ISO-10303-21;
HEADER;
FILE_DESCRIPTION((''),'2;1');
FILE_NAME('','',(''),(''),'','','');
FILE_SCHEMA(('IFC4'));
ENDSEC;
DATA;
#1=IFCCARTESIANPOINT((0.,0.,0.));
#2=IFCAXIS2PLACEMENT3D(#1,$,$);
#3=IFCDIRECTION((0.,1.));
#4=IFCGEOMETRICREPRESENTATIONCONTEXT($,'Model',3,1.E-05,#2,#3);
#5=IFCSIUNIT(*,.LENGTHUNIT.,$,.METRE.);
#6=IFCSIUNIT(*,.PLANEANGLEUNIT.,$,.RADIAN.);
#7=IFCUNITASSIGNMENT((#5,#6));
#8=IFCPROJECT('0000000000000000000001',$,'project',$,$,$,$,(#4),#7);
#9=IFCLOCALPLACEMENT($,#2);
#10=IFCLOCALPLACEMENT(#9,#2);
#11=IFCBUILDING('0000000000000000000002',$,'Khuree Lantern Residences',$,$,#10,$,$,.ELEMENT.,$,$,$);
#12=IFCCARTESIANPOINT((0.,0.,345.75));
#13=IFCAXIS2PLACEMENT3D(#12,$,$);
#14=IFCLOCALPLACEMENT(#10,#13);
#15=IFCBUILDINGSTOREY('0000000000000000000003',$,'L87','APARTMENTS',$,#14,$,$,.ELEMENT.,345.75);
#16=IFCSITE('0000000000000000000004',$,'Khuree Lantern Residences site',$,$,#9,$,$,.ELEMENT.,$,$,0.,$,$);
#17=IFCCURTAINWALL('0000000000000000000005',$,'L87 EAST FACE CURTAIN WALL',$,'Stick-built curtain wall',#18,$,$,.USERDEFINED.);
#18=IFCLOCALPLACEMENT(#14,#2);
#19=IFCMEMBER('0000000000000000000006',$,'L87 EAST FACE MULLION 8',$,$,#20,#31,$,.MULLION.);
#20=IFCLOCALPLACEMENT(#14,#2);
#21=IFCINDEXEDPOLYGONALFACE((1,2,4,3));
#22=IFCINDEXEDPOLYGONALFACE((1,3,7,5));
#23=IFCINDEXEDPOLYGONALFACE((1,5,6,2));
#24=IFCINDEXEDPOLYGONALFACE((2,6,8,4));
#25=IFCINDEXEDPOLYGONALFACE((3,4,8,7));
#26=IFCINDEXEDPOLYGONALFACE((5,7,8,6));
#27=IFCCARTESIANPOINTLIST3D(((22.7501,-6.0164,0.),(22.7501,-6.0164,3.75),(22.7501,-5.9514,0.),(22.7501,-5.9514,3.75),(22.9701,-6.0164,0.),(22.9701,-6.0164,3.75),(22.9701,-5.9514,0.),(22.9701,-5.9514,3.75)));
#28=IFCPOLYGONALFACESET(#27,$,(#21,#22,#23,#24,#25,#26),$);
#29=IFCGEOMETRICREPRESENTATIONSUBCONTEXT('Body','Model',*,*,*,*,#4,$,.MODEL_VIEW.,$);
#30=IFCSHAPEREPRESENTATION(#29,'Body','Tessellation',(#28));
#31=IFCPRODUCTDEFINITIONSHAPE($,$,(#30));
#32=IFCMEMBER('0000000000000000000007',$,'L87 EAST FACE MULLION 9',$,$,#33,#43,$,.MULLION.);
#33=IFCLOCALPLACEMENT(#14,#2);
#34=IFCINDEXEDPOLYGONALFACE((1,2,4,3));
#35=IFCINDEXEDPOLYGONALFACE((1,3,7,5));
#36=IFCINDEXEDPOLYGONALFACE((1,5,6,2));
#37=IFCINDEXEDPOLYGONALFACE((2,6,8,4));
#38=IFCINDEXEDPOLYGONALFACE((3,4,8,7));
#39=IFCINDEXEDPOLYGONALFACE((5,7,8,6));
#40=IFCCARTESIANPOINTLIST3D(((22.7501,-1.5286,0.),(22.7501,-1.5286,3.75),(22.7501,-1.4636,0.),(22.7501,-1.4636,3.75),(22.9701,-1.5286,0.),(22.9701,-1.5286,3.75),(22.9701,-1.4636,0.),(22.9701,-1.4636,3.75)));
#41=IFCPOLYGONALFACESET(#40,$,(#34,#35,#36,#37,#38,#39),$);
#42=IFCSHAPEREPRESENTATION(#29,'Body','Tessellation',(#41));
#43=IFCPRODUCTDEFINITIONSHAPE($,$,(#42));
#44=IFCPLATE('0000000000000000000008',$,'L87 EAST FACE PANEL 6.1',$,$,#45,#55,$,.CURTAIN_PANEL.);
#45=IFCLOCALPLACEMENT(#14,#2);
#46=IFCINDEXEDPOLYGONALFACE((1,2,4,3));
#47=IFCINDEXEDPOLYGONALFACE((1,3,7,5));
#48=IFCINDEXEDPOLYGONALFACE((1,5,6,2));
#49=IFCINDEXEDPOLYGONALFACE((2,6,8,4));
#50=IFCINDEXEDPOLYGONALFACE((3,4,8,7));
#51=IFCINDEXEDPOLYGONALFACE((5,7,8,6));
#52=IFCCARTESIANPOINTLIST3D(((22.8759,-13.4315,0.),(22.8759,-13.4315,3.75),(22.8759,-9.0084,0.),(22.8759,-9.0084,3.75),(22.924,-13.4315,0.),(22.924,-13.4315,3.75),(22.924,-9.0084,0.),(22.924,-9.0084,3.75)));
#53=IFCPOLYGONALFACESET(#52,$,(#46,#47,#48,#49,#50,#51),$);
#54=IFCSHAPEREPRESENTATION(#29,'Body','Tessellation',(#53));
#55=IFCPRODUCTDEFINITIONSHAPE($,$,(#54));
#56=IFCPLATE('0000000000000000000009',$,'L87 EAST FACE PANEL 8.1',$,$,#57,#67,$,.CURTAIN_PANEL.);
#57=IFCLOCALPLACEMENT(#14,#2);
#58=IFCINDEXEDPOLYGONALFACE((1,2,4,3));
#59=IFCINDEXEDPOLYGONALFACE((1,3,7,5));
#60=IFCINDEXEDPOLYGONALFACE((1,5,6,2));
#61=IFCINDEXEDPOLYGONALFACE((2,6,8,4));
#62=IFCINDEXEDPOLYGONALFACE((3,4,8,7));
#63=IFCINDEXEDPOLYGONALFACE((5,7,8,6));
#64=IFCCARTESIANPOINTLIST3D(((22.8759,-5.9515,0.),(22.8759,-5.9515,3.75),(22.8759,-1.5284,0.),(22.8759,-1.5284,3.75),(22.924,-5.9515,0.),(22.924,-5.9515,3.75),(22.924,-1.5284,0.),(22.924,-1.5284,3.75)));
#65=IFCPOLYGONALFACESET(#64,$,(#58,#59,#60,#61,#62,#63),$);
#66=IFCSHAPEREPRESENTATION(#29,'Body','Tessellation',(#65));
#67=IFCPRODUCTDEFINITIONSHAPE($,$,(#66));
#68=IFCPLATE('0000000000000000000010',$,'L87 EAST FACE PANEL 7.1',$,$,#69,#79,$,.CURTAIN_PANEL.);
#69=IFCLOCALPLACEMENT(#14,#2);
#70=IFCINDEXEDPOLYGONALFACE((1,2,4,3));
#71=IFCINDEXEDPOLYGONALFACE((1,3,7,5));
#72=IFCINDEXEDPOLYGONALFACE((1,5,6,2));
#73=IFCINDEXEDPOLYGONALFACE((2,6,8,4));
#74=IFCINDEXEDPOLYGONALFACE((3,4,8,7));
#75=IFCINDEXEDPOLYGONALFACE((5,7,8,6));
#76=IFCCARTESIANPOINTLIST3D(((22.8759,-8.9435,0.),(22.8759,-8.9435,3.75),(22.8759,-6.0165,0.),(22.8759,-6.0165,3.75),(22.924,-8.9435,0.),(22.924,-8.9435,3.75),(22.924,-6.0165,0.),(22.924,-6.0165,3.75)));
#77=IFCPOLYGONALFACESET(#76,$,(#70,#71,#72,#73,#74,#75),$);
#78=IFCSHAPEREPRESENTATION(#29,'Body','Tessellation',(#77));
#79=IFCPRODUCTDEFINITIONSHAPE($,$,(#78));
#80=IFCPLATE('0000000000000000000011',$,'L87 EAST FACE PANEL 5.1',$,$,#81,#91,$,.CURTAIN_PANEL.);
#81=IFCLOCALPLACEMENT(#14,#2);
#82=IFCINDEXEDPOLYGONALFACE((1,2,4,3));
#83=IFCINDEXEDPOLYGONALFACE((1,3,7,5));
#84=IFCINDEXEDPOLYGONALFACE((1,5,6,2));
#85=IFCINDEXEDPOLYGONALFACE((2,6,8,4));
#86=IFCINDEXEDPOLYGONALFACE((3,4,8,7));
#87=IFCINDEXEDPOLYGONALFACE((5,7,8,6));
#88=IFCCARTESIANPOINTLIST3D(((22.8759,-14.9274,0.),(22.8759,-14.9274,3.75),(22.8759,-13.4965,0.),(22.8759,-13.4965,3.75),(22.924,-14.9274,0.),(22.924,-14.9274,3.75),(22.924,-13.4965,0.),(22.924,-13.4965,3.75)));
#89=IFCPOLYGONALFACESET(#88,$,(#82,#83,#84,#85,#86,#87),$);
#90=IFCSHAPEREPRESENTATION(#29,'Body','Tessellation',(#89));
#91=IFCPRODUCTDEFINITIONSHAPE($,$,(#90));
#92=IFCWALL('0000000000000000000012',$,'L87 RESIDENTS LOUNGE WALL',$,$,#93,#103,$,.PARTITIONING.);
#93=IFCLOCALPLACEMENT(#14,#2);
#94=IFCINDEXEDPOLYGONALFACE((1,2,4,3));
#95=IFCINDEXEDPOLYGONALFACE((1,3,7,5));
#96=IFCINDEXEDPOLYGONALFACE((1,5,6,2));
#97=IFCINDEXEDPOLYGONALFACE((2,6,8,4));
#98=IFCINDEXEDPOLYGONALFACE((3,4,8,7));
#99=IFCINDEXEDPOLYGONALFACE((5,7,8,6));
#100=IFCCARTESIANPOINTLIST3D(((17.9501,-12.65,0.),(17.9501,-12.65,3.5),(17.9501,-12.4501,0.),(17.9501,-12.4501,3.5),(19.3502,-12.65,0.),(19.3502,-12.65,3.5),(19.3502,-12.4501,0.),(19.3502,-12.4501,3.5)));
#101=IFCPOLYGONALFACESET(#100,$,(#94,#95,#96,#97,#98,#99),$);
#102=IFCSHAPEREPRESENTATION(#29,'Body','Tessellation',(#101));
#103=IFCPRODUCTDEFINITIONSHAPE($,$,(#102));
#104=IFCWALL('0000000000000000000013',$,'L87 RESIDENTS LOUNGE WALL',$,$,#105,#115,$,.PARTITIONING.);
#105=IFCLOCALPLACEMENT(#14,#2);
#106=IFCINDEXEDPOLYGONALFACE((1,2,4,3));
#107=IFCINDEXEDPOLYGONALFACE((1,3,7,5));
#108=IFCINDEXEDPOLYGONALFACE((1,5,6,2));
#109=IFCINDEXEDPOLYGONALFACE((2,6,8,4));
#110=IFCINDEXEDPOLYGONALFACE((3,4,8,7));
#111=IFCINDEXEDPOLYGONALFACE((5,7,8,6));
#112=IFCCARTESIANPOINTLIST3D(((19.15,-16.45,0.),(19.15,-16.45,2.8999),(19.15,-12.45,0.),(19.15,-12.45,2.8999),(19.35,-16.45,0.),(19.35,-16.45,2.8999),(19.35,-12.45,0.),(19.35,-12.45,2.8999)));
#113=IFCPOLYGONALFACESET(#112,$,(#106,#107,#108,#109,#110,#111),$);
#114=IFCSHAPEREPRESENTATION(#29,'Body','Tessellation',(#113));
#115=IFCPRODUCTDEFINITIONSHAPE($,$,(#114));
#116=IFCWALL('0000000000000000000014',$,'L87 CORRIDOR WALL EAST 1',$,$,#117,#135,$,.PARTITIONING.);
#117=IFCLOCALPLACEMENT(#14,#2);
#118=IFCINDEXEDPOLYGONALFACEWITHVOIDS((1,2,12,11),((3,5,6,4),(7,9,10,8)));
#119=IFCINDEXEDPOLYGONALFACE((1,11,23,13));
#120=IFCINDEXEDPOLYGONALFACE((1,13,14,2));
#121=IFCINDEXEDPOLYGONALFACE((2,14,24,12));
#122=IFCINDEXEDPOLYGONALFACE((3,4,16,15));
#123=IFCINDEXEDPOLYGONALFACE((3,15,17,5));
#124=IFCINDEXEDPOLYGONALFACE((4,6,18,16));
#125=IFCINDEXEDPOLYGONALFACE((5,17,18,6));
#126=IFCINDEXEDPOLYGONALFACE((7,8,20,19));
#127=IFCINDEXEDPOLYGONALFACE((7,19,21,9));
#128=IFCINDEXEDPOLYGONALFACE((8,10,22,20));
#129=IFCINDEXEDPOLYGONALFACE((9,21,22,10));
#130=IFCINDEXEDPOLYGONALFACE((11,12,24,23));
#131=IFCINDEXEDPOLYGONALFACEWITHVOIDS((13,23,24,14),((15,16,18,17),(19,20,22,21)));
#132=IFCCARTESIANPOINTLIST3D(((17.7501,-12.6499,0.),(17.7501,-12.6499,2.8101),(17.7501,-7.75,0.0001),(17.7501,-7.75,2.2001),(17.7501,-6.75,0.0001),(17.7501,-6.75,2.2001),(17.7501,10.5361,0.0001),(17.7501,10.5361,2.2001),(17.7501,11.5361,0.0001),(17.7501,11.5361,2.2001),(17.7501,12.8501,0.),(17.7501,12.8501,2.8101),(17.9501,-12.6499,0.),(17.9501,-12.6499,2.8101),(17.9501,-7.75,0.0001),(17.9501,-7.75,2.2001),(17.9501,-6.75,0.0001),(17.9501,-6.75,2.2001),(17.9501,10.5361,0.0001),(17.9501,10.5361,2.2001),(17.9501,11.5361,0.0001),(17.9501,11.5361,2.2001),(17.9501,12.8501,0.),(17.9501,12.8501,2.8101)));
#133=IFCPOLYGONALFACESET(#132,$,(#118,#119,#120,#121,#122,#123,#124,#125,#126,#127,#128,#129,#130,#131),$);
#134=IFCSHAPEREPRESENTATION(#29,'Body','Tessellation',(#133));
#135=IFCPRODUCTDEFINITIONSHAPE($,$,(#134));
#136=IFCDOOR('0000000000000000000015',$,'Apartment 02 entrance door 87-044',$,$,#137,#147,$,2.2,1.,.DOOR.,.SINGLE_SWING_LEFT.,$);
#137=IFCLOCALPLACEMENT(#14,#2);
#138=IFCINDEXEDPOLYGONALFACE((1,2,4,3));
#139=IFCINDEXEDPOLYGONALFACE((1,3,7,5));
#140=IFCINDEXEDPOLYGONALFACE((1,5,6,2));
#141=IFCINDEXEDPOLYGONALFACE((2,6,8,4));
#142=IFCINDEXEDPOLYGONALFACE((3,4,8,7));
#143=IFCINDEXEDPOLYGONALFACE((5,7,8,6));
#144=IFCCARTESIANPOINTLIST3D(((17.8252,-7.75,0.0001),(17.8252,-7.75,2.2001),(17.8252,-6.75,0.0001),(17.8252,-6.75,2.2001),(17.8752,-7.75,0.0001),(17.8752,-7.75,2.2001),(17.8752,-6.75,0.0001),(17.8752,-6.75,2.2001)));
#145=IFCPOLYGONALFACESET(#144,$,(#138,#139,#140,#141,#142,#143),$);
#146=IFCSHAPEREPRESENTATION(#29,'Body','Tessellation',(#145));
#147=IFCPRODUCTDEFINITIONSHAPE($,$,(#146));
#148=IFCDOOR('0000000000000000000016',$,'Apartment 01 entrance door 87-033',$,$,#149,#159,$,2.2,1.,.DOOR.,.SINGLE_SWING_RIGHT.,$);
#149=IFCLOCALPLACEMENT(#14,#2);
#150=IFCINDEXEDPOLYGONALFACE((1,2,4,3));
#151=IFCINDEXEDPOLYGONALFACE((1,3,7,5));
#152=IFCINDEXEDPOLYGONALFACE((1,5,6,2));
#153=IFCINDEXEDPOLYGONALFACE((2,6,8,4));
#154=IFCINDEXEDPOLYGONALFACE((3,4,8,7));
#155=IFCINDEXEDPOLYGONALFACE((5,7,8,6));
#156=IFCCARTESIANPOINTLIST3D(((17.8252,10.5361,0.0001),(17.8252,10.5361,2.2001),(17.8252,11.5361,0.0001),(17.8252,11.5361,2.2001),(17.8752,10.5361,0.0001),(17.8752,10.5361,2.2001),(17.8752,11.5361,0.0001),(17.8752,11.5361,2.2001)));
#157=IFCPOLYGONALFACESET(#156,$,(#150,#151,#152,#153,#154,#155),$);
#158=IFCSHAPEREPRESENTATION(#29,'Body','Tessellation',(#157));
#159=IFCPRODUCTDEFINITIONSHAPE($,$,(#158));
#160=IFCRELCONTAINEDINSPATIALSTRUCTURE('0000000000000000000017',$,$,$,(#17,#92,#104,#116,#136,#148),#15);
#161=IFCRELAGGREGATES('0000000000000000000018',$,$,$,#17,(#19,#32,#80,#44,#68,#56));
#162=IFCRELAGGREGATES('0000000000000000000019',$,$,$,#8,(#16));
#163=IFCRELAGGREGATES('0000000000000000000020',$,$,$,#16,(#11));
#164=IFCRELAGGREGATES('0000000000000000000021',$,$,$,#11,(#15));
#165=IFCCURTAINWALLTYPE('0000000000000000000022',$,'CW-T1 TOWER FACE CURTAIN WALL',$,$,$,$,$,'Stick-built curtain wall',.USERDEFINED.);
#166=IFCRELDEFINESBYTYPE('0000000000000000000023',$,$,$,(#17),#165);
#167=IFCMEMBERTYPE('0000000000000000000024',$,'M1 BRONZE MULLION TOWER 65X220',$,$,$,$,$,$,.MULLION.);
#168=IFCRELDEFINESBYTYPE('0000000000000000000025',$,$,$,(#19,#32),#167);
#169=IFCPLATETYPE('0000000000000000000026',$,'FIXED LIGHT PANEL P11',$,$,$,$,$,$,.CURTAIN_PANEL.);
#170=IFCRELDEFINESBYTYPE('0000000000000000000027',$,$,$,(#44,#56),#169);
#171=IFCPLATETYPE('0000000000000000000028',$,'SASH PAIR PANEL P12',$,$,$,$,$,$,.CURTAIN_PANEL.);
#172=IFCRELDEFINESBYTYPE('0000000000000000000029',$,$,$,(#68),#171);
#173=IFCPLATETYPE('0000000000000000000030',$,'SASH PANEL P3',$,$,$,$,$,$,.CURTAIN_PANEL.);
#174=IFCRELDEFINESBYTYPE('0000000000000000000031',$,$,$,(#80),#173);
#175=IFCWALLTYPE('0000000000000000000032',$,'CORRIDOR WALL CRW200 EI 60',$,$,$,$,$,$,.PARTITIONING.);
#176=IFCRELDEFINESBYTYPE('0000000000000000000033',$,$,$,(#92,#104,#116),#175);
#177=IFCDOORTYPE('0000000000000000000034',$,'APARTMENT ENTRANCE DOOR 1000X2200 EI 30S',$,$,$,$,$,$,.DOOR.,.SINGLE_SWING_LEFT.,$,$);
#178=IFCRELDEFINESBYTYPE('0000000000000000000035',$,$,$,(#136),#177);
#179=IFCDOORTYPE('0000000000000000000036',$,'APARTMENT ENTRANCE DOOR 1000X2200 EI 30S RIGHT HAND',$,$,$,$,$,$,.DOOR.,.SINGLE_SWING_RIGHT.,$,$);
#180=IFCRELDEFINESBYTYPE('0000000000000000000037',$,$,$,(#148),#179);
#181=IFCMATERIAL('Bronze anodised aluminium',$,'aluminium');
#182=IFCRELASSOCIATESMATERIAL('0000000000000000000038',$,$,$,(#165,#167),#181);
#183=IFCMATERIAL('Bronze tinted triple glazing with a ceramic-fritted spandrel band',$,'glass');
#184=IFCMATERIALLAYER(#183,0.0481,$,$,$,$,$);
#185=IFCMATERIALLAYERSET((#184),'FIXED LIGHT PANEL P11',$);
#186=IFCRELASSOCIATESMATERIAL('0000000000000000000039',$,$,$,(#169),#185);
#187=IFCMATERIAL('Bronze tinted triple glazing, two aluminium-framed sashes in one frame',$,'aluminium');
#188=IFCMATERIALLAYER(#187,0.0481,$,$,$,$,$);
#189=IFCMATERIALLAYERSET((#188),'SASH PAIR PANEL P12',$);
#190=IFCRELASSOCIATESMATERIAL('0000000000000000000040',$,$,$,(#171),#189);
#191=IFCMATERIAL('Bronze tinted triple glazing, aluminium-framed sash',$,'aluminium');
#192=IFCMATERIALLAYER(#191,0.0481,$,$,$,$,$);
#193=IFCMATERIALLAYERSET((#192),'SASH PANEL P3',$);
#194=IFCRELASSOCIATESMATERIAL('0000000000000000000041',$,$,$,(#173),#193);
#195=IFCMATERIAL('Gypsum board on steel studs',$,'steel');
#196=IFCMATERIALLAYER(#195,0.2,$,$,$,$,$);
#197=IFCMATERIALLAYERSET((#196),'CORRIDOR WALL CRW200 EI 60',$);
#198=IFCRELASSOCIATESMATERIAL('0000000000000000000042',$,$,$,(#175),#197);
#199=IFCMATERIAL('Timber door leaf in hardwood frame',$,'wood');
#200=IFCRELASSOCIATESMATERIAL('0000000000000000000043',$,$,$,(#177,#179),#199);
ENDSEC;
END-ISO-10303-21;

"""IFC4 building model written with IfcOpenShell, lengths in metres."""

from ifc_helpers import new_model, si_unit, direction, frame, frame_2d, origin, origin_2d, place, context, subcontext, project, spatial, rectangle, extrude, material, layer, layer_set, material_profile, profile_set, type_object, element, fill, aggregate, save


model = new_model("IFC4")

# Units and contexts
model_context = context("Model", 3, precision=1e-05, world=origin(), true_north=direction((0.0, 1.0)))
body_context = subcontext(model_context, "Body", "Model", "MODEL_VIEW")
ifc_project = project(units=[si_unit("LENGTHUNIT", "METRE"), si_unit("PLANEANGLEUNIT", "RADIAN")], contexts=[model_context])

# Site, building, storey
site_placement = place(None, origin())
site = spatial("IfcSite", under=ifc_project, at=site_placement, Name="Khuree Lantern Residences site", CompositionType="ELEMENT", RefElevation=0.0)
building_placement = place(site_placement, origin())
building = spatial("IfcBuilding", under=site, at=building_placement, Name="Khuree Lantern Residences", CompositionType="ELEMENT")
storey_placement = place(building_placement, frame((0.0, 0.0, 345.75)))
storey = spatial("IfcBuildingStorey", under=building, at=storey_placement, Name="L87", Description="APARTMENTS", CompositionType="ELEMENT", Elevation=345.75)

# Curtain wall
ifc_material_1 = material(Name="Bronze anodised aluminium", Category="aluminium")
curtain_wall_type = type_object("IfcCurtainWallType", Name="CW-T1 TOWER FACE CURTAIN WALL", ElementType="Stick-built curtain wall", PredefinedType="USERDEFINED", material=ifc_material_1)
curtain_wall_placement = place(storey_placement, origin())
curtain_wall = element("IfcCurtainWall", 1, at=curtain_wall_placement, inside=storey, type_object=curtain_wall_type, Name="L87 EAST FACE CURTAIN WALL", ObjectType="Stick-built curtain wall", PredefinedType="USERDEFINED")

# Members
ifc_material_profile_1 = material_profile(ifc_material_1, rectangle(XDim=0.0649, YDim=0.22, at=origin_2d()), Name="M1 65X220")
ifc_profile_set_1 = profile_set([ifc_material_profile_1], Name="Bronze anodised aluminium")
member_type_1 = type_object("IfcMemberType", Name="M1 BRONZE MULLION TOWER 65X220", PredefinedType="MULLION", material=ifc_profile_set_1)
member_1_placement = place(storey_placement, frame((22.8601, -5.9839, 0.0), z_axis=(0.0, 0.0, 1.0), x_axis=(0.0, 1.0, 0.0)))
member_1 = element("IfcMember", 2, at=member_1_placement, type_object=member_type_1, Name="L87 EAST FACE MULLION 8", PredefinedType="MULLION", context=body_context, shape_type="SweptSolid", body=[
    extrude(rectangle(XDim=0.0649, YDim=0.22, at=origin_2d()), origin(), (0.0, 0.0, 1.0), 3.75),
])
member_2_placement = place(storey_placement, frame((22.8601, -1.4961, 0.0), z_axis=(0.0, 0.0, 1.0), x_axis=(0.0, 1.0, 0.0)))
member_2 = element("IfcMember", 3, at=member_2_placement, type_object=member_type_1, Name="L87 EAST FACE MULLION 9", PredefinedType="MULLION", context=body_context, shape_type="SweptSolid", body=[
    extrude(rectangle(XDim=0.0649, YDim=0.22, at=origin_2d()), origin(), (0.0, 0.0, 1.0), 3.75),
])

# Plates
ifc_material_2 = material(Name="Bronze tinted triple glazing with a ceramic-fritted spandrel band", Category="glass")
ifc_layer_1 = layer(ifc_material_2, 0.0481)
ifc_layer_set_1 = layer_set([ifc_layer_1], Name="FIXED LIGHT PANEL P11")
plate_type_1 = type_object("IfcPlateType", Name="FIXED LIGHT PANEL P11", PredefinedType="CURTAIN_PANEL", material=ifc_layer_set_1)
plate_1_placement = place(storey_placement, frame((22.8999, -11.22, 0.0), z_axis=(0.0, 0.0, 1.0), x_axis=(0.0, 1.0, 0.0)))
plate_1 = element("IfcPlate", 4, at=plate_1_placement, type_object=plate_type_1, Name="L87 EAST FACE PANEL 6.1", PredefinedType="CURTAIN_PANEL", context=body_context, shape_type="SweptSolid", body=[
    extrude(rectangle(XDim=4.4231, YDim=0.0481, at=origin_2d()), origin(), (0.0, 0.0, 1.0), 3.75),
])
plate_2_placement = place(storey_placement, frame((22.8999, -3.74, 0.0), z_axis=(0.0, 0.0, 1.0), x_axis=(0.0, 1.0, 0.0)))
plate_2 = element("IfcPlate", 5, at=plate_2_placement, type_object=plate_type_1, Name="L87 EAST FACE PANEL 8.1", PredefinedType="CURTAIN_PANEL", context=body_context, shape_type="SweptSolid", body=[
    extrude(rectangle(XDim=4.4231, YDim=0.0481, at=origin_2d()), origin(), (0.0, 0.0, 1.0), 3.75),
])
ifc_material_3 = material(Name="Bronze tinted triple glazing, two aluminium-framed sashes in one frame", Category="aluminium")
ifc_layer_2 = layer(ifc_material_3, 0.0481)
ifc_layer_set_2 = layer_set([ifc_layer_2], Name="SASH PAIR PANEL P12")
plate_type_2 = type_object("IfcPlateType", Name="SASH PAIR PANEL P12", PredefinedType="CURTAIN_PANEL", material=ifc_layer_set_2)
plate_3_placement = place(storey_placement, frame((22.8999, -7.48, 0.0), z_axis=(0.0, 0.0, 1.0), x_axis=(0.0, 1.0, 0.0)))
plate_3 = element("IfcPlate", 6, at=plate_3_placement, type_object=plate_type_2, Name="L87 EAST FACE PANEL 7.1", PredefinedType="CURTAIN_PANEL", context=body_context, shape_type="SweptSolid", body=[
    extrude(rectangle(XDim=2.927, YDim=0.0481, at=origin_2d()), origin(), (0.0, 0.0, 1.0), 3.75),
])
ifc_material_4 = material(Name="Bronze tinted triple glazing, aluminium-framed sash", Category="aluminium")
ifc_layer_3 = layer(ifc_material_4, 0.0481)
ifc_layer_set_3 = layer_set([ifc_layer_3], Name="SASH PANEL P3")
plate_type_3 = type_object("IfcPlateType", Name="SASH PANEL P3", PredefinedType="CURTAIN_PANEL", material=ifc_layer_set_3)
plate_4_placement = place(storey_placement, frame((22.8999, -14.2119, 0.0), z_axis=(0.0, 0.0, 1.0), x_axis=(0.0, 1.0, 0.0)))
plate_4 = element("IfcPlate", 7, at=plate_4_placement, type_object=plate_type_3, Name="L87 EAST FACE PANEL 5.1", PredefinedType="CURTAIN_PANEL", context=body_context, shape_type="SweptSolid", body=[
    extrude(rectangle(XDim=1.4309, YDim=0.0481, at=origin_2d()), origin(), (0.0, 0.0, 1.0), 3.75),
])
aggregate(curtain_wall, [member_1, member_2, plate_4, plate_1, plate_3, plate_2])

# Walls
ifc_material_5 = material(Name="Gypsum board on steel studs", Category="steel")
ifc_layer_4 = layer(ifc_material_5, 0.2)
ifc_layer_set_4 = layer_set([ifc_layer_4], Name="CORRIDOR WALL CRW200 EI 60")
wall_type_1 = type_object("IfcWallType", Name="CORRIDOR WALL CRW200 EI 60", PredefinedType="PARTITIONING", material=ifc_layer_set_4)
wall_1_placement = place(storey_placement, frame((17.95, -12.55, 0.0), z_axis=(0.0, 0.0, 1.0), x_axis=(1.0, 0.0, 0.0)))
element("IfcWall", 8, at=wall_1_placement, inside=storey, type_object=wall_type_1, Name="L87 RESIDENTS LOUNGE WALL", PredefinedType="PARTITIONING", context=body_context, shape_type="SweptSolid", body=[
    extrude(rectangle(XDim=1.4001, YDim=0.2, at=frame_2d((0.7002, 0.0))), origin(), (0.0, 0.0, 1.0), 3.5),
])
wall_2_placement = place(storey_placement, frame((19.25, -12.45, 0.0), z_axis=(0.0, 0.0, 1.0), x_axis=(0.0, -1.0, 0.0)))
element("IfcWall", 9, at=wall_2_placement, inside=storey, type_object=wall_type_1, Name="L87 RESIDENTS LOUNGE WALL", PredefinedType="PARTITIONING", context=body_context, shape_type="SweptSolid", body=[
    extrude(rectangle(XDim=4.0, YDim=0.2, at=frame_2d((2.0, 0.0))), origin(), (0.0, 0.0, 1.0), 2.8999),
])

# Wall, openings, doors
wall_3_placement = place(storey_placement, frame((17.8501, -12.6499, 0.0), z_axis=(0.0, 0.0, 1.0), x_axis=(0.0, 1.0, 0.0)))
wall_3 = element("IfcWall", 10, at=wall_3_placement, inside=storey, type_object=wall_type_1, Name="L87 CORRIDOR WALL EAST 1", PredefinedType="PARTITIONING", context=body_context, shape_type="SweptSolid", body=[
    extrude(rectangle(XDim=25.5, YDim=0.2, at=frame_2d((12.75, 0.0))), origin(), (0.0, 0.0, 1.0), 2.8101),
])
opening_1_placement = place(wall_3_placement, frame((23.186, 0.0, 0.0)))
opening_1 = element("IfcOpeningElement", 11, at=opening_1_placement, cuts=wall_3, PredefinedType="OPENING", context=body_context, shape_type="SweptSolid", body=[
    extrude(rectangle(XDim=1.0, YDim=2.2, at=frame_2d((0.5, 1.1001))), frame((0.0, 0.1099, 0.0), z_axis=(0.0, -1.0, 0.0), x_axis=(1.0, 0.0, 0.0)), (0.0, 0.0, 1.0), 0.22),
])
opening_2_placement = place(wall_3_placement, frame((4.8999, 0.0, 0.0)))
opening_2 = element("IfcOpeningElement", 12, at=opening_2_placement, cuts=wall_3, PredefinedType="OPENING", context=body_context, shape_type="SweptSolid", body=[
    extrude(rectangle(XDim=1.0, YDim=2.2, at=frame_2d((0.5, 1.1001))), frame((0.0, 0.1099, 0.0), z_axis=(0.0, -1.0, 0.0), x_axis=(1.0, 0.0, 0.0)), (0.0, 0.0, 1.0), 0.22),
])
ifc_material_6 = material(Name="Timber door leaf in hardwood frame", Category="wood")
door_type_1 = type_object("IfcDoorType", Name="APARTMENT ENTRANCE DOOR 1000X2200 EI 30S", OperationType="SINGLE_SWING_LEFT", PredefinedType="DOOR", material=ifc_material_6)
door_1_placement = place(opening_2_placement, origin())
door_1 = element("IfcDoor", 13, at=door_1_placement, inside=storey, type_object=door_type_1, Name="Apartment 02 entrance door 87-044", OperationType="SINGLE_SWING_LEFT", OverallHeight=2.2, OverallWidth=1.0, PredefinedType="DOOR", context=body_context, shape_type="SweptSolid", body=[
    extrude(rectangle(XDim=1.0, YDim=2.2, at=frame_2d((0.5, 1.1001))), frame((0.0, 0.0249, 0.0), z_axis=(0.0, -1.0, 0.0), x_axis=(1.0, 0.0, 0.0)), (0.0, 0.0, 1.0), 0.05),
])
fill(opening_2, door_1)
door_type_2 = type_object("IfcDoorType", Name="APARTMENT ENTRANCE DOOR 1000X2200 EI 30S RIGHT HAND", OperationType="SINGLE_SWING_RIGHT", PredefinedType="DOOR", material=ifc_material_6)
door_2_placement = place(opening_1_placement, origin())
door_2 = element("IfcDoor", 14, at=door_2_placement, inside=storey, type_object=door_type_2, Name="Apartment 01 entrance door 87-033", OperationType="SINGLE_SWING_RIGHT", OverallHeight=2.2, OverallWidth=1.0, PredefinedType="DOOR", context=body_context, shape_type="SweptSolid", body=[
    extrude(rectangle(XDim=1.0, YDim=2.2, at=frame_2d((0.5, 1.1001))), frame((0.0, 0.0249, 0.0), z_axis=(0.0, -1.0, 0.0), x_axis=(1.0, 0.0, 0.0)), (0.0, 0.0, 1.0), 0.05),
])
fill(opening_1, door_2)

save(model, "model.ifc")
